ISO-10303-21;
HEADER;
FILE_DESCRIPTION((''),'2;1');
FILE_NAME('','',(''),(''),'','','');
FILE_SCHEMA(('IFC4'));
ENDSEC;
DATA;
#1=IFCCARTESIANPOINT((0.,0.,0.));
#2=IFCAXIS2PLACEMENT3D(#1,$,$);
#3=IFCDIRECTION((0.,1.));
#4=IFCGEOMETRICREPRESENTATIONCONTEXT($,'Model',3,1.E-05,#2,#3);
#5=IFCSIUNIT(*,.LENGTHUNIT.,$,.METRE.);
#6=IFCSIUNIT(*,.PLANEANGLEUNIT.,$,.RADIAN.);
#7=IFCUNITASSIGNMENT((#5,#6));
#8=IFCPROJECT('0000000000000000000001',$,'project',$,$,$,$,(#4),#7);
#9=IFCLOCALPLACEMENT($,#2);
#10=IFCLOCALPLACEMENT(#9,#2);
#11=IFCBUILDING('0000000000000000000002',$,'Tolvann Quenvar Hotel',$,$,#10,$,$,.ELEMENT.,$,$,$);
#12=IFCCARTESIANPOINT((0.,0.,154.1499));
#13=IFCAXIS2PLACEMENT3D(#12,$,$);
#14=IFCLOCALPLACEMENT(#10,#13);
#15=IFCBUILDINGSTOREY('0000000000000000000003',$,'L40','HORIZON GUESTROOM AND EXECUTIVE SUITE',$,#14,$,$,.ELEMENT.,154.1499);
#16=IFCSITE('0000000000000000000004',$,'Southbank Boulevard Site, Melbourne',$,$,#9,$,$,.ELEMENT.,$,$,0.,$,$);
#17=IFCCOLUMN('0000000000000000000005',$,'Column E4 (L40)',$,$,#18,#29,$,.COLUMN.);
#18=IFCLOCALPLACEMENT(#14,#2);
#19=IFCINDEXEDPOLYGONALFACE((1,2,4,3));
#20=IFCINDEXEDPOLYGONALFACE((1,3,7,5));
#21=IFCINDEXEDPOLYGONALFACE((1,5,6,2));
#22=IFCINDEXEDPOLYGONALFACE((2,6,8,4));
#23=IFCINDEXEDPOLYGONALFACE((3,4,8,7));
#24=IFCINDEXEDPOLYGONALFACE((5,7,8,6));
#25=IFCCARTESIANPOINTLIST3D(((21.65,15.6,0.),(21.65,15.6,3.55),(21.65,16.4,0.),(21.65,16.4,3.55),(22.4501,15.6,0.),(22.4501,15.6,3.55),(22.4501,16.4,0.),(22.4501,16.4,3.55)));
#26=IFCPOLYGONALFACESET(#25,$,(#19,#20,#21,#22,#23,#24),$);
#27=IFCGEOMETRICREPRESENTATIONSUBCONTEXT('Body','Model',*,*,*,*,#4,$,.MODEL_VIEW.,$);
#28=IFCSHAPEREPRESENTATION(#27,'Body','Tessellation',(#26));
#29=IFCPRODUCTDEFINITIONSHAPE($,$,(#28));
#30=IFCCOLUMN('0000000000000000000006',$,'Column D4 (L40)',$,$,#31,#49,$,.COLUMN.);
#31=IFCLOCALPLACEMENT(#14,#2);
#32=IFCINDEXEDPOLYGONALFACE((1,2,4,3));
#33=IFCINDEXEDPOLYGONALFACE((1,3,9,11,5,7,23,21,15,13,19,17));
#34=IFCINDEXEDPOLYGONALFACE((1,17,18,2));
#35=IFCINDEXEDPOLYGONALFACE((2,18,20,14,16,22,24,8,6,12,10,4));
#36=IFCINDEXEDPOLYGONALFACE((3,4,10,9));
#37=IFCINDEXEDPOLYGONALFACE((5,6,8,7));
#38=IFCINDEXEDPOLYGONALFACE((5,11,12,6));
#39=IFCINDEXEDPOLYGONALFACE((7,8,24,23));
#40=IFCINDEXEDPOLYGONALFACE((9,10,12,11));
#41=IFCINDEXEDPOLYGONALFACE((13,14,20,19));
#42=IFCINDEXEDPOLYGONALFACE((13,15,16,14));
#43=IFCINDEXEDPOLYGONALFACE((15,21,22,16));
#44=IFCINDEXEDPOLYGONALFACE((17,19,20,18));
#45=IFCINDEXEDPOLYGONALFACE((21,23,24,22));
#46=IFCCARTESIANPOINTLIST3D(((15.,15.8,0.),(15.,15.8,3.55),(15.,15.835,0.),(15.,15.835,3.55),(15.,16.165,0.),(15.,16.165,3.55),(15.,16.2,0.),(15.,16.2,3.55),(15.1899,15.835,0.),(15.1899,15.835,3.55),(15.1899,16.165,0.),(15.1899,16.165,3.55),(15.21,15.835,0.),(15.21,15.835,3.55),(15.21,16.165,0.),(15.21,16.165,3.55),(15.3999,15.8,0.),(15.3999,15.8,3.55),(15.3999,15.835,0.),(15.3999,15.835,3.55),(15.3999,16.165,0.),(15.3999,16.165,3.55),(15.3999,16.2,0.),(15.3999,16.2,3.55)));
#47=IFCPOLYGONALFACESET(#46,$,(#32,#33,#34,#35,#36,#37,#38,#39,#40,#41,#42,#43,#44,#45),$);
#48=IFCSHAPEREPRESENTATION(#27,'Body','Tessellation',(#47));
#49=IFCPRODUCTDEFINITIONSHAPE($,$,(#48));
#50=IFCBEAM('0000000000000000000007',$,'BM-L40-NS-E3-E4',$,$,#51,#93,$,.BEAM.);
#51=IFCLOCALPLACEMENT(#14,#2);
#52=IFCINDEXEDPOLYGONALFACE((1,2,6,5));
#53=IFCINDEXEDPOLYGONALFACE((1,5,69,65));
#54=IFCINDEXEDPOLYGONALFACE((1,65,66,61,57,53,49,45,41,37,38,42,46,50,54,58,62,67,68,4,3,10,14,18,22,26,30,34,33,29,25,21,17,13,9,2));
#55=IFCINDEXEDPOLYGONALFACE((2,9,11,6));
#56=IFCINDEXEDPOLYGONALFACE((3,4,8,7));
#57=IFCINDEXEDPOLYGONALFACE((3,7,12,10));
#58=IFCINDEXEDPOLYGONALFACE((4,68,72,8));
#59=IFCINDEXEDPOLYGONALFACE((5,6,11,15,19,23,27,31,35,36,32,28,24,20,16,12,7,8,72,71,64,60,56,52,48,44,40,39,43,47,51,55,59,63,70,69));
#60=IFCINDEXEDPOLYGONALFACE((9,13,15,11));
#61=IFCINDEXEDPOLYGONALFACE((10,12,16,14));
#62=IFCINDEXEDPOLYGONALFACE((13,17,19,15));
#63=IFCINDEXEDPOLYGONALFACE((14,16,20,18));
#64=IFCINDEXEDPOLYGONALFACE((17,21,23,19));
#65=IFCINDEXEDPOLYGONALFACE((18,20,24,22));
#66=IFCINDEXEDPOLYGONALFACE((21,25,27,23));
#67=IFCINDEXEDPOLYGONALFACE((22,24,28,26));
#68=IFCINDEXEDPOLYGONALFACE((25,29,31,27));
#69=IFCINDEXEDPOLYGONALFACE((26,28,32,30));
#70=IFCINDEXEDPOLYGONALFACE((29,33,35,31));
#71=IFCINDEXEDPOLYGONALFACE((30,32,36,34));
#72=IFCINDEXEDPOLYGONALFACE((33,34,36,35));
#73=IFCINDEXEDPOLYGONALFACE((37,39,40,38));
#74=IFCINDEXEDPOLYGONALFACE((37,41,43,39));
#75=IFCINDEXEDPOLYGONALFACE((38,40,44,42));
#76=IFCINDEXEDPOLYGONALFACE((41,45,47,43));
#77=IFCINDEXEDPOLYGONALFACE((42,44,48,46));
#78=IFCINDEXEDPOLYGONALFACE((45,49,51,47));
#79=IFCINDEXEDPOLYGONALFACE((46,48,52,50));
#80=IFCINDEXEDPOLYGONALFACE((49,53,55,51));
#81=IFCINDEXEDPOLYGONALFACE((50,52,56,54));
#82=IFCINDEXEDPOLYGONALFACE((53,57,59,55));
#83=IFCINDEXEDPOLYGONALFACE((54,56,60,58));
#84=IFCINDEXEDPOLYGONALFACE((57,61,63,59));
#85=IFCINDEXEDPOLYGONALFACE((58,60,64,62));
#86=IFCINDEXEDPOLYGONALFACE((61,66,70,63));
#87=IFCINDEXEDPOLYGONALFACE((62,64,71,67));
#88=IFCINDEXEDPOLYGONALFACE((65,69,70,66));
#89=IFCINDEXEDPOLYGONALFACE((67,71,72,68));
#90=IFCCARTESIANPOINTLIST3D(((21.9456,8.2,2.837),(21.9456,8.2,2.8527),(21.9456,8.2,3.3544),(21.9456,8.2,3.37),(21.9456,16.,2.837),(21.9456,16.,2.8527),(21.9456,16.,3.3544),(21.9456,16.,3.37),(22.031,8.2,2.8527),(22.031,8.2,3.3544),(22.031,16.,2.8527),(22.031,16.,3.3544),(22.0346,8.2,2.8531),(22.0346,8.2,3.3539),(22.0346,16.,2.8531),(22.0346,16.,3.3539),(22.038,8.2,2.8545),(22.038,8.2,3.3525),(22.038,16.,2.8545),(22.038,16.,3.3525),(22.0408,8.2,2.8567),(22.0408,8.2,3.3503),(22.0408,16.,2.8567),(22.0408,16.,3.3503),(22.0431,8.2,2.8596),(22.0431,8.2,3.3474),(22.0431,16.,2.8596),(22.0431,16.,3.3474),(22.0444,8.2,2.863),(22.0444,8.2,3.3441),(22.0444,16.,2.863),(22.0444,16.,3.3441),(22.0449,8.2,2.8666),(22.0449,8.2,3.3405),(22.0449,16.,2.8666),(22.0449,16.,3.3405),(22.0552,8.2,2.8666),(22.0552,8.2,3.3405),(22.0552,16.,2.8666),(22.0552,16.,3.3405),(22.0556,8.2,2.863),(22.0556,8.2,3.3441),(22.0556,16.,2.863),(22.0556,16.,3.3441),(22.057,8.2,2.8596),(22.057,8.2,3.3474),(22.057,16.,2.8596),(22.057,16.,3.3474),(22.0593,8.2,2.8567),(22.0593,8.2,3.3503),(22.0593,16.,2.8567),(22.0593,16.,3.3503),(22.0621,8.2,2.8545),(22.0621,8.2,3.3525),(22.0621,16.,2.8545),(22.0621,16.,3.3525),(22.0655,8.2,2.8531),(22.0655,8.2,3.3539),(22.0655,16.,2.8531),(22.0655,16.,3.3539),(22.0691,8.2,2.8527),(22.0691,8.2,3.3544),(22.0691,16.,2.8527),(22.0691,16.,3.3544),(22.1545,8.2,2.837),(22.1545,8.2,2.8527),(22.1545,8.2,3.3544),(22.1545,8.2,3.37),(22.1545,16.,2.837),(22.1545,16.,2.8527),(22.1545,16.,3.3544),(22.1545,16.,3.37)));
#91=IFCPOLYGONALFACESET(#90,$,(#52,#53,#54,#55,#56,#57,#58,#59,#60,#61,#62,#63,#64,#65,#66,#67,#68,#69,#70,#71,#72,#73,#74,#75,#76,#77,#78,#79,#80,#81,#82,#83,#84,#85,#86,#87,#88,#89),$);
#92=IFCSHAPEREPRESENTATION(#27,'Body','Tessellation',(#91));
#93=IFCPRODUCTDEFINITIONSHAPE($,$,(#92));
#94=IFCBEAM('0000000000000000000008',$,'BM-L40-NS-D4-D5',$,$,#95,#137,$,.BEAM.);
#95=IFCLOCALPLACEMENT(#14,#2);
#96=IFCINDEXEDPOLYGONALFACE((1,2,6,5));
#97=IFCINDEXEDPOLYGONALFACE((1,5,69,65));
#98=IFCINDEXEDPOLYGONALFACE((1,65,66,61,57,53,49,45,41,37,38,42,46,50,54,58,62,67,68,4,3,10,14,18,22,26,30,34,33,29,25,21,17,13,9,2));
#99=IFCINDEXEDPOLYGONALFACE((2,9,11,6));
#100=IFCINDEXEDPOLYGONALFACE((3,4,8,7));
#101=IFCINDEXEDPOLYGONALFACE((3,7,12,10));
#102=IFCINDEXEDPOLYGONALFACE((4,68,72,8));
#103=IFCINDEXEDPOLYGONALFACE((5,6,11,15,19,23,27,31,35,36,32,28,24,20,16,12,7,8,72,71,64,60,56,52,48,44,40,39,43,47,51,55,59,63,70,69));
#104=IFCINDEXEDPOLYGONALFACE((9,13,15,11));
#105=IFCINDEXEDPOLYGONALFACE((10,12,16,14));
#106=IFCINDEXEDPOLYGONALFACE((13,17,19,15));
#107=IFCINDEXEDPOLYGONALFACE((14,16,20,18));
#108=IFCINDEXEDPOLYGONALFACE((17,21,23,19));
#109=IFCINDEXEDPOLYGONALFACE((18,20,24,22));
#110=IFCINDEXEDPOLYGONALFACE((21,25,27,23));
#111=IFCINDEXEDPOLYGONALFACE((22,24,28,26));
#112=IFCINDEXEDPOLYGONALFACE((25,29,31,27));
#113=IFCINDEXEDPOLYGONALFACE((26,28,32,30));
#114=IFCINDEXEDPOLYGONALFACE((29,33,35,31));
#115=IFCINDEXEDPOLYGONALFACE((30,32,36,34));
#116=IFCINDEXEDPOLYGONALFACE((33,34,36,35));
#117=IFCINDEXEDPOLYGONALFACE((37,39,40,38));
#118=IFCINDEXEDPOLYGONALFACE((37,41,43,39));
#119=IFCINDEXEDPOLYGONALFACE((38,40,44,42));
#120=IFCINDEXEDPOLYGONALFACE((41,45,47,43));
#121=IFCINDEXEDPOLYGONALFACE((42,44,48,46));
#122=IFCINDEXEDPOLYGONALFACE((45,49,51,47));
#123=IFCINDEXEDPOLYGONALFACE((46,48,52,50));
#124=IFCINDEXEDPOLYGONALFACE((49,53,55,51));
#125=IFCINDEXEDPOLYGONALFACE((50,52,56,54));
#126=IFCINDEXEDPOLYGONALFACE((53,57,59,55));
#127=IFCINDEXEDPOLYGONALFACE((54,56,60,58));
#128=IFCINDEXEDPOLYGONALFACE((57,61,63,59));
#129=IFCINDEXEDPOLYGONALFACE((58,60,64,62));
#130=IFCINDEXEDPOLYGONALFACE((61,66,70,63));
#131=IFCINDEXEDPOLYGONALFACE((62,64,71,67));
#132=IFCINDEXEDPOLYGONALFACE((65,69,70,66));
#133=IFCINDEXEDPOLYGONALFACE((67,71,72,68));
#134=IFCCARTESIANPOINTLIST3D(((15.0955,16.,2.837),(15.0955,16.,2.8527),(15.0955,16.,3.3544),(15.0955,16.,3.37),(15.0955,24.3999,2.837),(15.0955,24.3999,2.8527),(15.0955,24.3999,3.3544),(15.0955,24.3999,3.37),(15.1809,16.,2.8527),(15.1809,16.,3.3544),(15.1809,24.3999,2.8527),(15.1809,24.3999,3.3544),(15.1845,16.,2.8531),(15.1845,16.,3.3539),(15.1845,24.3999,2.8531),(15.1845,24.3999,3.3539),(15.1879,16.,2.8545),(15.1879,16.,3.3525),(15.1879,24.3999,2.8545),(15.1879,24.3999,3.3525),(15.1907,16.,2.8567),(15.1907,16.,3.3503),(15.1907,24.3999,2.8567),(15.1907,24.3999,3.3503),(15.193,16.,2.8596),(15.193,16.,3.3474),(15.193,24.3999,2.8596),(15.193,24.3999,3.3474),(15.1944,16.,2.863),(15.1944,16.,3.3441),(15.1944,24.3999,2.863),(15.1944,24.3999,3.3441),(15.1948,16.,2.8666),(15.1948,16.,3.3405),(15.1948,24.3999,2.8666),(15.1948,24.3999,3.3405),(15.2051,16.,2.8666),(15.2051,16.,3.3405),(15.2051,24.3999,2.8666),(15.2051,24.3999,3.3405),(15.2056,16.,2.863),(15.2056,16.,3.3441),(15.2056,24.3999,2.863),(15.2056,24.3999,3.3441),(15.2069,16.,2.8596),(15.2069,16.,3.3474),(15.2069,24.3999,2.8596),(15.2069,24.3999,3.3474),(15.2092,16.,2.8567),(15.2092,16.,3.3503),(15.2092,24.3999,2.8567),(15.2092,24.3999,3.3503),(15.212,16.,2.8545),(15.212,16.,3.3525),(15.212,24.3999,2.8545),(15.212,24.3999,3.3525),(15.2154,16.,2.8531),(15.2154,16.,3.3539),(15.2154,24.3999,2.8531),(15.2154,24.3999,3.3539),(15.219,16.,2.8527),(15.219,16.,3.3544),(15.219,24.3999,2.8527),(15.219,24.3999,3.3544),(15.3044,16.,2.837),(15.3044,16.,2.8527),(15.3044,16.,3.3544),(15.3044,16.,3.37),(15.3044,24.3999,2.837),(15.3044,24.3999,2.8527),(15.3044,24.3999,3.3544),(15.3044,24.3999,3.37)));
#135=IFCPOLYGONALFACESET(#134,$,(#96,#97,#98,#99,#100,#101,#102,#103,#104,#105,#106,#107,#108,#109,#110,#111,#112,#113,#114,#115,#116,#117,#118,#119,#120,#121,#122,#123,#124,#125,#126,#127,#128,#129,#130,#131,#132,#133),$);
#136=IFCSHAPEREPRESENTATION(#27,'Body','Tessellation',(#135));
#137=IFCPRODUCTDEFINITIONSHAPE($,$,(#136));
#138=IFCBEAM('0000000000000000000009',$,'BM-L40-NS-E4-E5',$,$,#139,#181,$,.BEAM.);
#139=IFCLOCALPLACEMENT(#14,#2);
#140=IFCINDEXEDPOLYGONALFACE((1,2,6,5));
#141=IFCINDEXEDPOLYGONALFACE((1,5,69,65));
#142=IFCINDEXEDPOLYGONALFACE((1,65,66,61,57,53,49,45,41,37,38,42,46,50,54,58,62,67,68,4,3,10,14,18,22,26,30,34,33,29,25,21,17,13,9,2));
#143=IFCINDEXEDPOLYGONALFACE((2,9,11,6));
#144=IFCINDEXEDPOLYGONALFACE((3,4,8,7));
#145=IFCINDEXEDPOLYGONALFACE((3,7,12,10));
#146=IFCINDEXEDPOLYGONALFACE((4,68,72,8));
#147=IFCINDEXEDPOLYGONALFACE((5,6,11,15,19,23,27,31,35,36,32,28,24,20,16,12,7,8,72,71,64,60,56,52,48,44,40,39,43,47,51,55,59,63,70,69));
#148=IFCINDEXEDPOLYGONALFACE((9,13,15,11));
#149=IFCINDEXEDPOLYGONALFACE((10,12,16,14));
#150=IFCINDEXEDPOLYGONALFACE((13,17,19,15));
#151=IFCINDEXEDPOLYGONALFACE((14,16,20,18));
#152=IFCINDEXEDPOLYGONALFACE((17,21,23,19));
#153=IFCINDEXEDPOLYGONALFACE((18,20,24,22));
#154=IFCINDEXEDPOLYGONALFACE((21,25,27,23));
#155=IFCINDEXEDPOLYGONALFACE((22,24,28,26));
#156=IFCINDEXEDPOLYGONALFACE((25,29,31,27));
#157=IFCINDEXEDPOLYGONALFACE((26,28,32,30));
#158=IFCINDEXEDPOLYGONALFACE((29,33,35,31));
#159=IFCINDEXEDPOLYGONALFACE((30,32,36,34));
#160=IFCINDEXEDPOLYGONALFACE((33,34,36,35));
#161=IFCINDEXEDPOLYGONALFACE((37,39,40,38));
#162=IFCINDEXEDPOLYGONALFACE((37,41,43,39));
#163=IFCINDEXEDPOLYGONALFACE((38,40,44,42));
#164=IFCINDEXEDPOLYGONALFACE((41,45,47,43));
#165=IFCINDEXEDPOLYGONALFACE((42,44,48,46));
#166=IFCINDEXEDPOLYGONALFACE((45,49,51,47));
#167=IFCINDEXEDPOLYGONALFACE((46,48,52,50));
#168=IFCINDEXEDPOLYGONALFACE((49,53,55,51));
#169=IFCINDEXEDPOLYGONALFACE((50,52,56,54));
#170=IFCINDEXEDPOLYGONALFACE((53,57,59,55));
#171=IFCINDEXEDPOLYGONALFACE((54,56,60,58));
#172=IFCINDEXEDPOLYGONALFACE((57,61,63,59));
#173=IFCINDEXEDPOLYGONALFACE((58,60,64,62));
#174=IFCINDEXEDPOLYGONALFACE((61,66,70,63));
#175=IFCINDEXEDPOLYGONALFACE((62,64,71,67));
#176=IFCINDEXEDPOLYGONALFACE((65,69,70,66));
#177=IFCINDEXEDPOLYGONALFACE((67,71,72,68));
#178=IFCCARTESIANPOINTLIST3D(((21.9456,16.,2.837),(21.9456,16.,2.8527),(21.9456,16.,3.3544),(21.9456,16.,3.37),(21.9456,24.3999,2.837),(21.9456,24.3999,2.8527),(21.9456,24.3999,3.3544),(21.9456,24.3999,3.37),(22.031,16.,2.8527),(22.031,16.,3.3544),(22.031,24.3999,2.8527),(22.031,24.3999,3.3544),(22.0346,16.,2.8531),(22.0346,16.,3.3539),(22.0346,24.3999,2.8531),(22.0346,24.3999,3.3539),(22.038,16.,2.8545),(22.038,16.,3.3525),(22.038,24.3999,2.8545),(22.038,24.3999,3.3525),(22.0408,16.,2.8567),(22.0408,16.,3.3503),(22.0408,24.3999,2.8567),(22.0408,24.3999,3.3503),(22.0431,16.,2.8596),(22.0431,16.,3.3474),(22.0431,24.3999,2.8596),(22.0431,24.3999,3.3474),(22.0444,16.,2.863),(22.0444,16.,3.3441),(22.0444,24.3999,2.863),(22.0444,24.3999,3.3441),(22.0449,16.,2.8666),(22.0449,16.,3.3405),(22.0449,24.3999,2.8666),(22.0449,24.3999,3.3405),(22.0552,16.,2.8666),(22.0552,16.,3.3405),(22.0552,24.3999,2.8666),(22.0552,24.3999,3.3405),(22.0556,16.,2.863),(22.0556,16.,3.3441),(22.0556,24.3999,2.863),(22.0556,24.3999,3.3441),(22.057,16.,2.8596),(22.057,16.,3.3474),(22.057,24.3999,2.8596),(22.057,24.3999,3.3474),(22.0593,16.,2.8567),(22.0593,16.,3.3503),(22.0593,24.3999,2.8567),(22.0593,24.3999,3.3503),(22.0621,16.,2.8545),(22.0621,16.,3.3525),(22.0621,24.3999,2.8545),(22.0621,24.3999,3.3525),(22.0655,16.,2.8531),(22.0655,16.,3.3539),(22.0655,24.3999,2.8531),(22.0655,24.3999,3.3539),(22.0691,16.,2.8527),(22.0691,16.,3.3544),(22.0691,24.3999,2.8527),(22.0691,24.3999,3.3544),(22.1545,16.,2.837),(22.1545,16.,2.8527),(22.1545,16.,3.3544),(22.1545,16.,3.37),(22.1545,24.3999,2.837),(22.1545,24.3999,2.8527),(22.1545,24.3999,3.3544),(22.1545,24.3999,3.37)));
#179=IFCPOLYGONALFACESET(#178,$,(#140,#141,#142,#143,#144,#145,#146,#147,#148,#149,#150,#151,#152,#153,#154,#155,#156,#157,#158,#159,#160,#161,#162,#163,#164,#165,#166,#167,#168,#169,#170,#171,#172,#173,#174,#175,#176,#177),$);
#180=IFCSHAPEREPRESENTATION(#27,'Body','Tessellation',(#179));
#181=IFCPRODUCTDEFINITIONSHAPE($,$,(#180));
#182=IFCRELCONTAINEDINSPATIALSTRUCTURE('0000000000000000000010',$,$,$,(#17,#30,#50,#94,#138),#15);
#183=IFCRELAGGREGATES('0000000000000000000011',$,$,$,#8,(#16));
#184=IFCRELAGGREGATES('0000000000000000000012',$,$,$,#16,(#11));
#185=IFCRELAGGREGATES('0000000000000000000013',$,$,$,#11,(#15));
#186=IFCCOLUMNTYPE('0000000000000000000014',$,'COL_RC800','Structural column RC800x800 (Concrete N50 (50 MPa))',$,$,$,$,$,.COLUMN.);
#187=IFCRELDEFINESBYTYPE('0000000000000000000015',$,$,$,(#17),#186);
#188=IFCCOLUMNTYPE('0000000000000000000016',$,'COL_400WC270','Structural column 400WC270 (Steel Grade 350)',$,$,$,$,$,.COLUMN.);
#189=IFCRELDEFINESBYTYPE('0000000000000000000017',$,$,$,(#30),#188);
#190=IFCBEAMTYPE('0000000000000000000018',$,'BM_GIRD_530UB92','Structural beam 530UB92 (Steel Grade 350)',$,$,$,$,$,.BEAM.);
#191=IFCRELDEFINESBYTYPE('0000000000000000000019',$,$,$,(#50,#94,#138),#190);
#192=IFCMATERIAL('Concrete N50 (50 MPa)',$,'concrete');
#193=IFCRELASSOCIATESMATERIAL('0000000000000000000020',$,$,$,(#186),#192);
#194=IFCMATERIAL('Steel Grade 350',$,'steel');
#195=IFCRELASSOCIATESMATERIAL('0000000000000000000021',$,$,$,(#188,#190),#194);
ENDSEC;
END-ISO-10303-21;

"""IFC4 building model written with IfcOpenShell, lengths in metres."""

from ifc_helpers import new_model, si_unit, direction, frame, origin, origin_2d, place, context, subcontext, project, spatial, rectangle, i_section, extrude, source, transform, mapped, material, material_profile, profile_set, type_object, type_shapes, element, save


model = new_model("IFC4")

# Units and contexts
model_context = context("Model", 3, precision=1e-05, world=origin(), true_north=direction((0.0, 1.0)))
body_context = subcontext(model_context, "Body", "Model", "MODEL_VIEW")
ifc_project = project(units=[si_unit("LENGTHUNIT", "METRE"), si_unit("PLANEANGLEUNIT", "RADIAN")], contexts=[model_context])

# Site, building, storey
site_placement = place(None, origin())
site = spatial("IfcSite", under=ifc_project, at=site_placement, Name="Southbank Boulevard Site, Melbourne", CompositionType="ELEMENT", RefElevation=0.0)
building_placement = place(site_placement, origin())
building = spatial("IfcBuilding", under=site, at=building_placement, Name="Tolvann Quenvar Hotel", CompositionType="ELEMENT")
storey_placement = place(building_placement, frame((0.0, 0.0, 154.1499)))
storey = spatial("IfcBuildingStorey", under=building, at=storey_placement, Name="L40", Description="HORIZON GUESTROOM AND EXECUTIVE SUITE", CompositionType="ELEMENT", Elevation=154.1499)

# Columns
ifc_material_1 = material(Name="Concrete N50 (50 MPa)", Category="concrete")
ifc_material_profile_1 = material_profile(ifc_material_1, rectangle(XDim=0.8, YDim=0.8, at=origin_2d()), Name="RC800x800")
ifc_profile_set_1 = profile_set([ifc_material_profile_1], Name="Concrete N50 (50 MPa)")
column_type_1 = type_object("IfcColumnType", Name="COL_RC800", Description="Structural column RC800x800 (Concrete N50 (50 MPa))", PredefinedType="COLUMN", material=ifc_profile_set_1)
shared_shape_1 = source(origin(), body_context, "Body", "SweptSolid", [
    extrude(rectangle(XDim=0.8, YDim=0.8, at=origin_2d()), origin(), (0.0, 0.0, 1.0), 3.55),
])
type_shapes(column_type_1, [shared_shape_1])
column_1_placement = place(storey_placement, frame((22.05, 16.0, 0.0), z_axis=(0.0, 0.0, 1.0), x_axis=(1.0, 0.0, 0.0)))
element("IfcColumn", 1, at=column_1_placement, inside=storey, type_object=column_type_1, Name="Column E4 (L40)", PredefinedType="COLUMN", context=body_context, shape_type="MappedRepresentation", body=[
    mapped(shared_shape_1, transform((0.0, 0.0, 0.0), x_axis=(1.0, 0.0, 0.0), y_axis=(0.0, 1.0, 0.0), z_axis=(0.0, 0.0, 1.0), scale=1.0)),
])
ifc_material_2 = material(Name="Steel Grade 350", Category="steel")
ifc_material_profile_2 = material_profile(ifc_material_2, i_section(OverallWidth=0.3999, OverallDepth=0.3999, WebThickness=0.02, FlangeThickness=0.0349, at=origin_2d()), Name="400WC270")
ifc_profile_set_2 = profile_set([ifc_material_profile_2], Name="Steel Grade 350")
column_type_2 = type_object("IfcColumnType", Name="COL_400WC270", Description="Structural column 400WC270 (Steel Grade 350)", PredefinedType="COLUMN", material=ifc_profile_set_2)
shared_shape_2 = source(origin(), body_context, "Body", "SweptSolid", [
    extrude(i_section(OverallWidth=0.3999, OverallDepth=0.3999, WebThickness=0.02, FlangeThickness=0.0349, at=origin_2d()), origin(), (0.0, 0.0, 1.0), 3.55),
])
type_shapes(column_type_2, [shared_shape_2])
column_2_placement = place(storey_placement, frame((15.2, 16.0, 0.0), z_axis=(0.0, 0.0, 1.0), x_axis=(1.0, 0.0, 0.0)))
element("IfcColumn", 2, at=column_2_placement, inside=storey, type_object=column_type_2, Name="Column D4 (L40)", PredefinedType="COLUMN", context=body_context, shape_type="MappedRepresentation", body=[
    mapped(shared_shape_2, transform((0.0, 0.0, 0.0), x_axis=(1.0, 0.0, 0.0), y_axis=(0.0, 1.0, 0.0), z_axis=(0.0, 0.0, 1.0), scale=1.0)),
])

# Beams
ifc_material_profile_3 = material_profile(ifc_material_2, i_section(OverallWidth=0.209, OverallDepth=0.533, WebThickness=0.0103, FlangeThickness=0.0156, FilletRadius=0.0139, at=origin_2d()), Name="530UB92")
ifc_profile_set_3 = profile_set([ifc_material_profile_3], Name="Steel Grade 350")
beam_type_1 = type_object("IfcBeamType", Name="BM_GIRD_530UB92", Description="Structural beam 530UB92 (Steel Grade 350)", PredefinedType="BEAM", material=ifc_profile_set_3)
shared_shape_3 = source(origin(), body_context, "Body", "SweptSolid", [
    extrude(i_section(OverallWidth=0.209, OverallDepth=0.533, WebThickness=0.0103, FlangeThickness=0.0156, FilletRadius=0.0139, at=origin_2d()), origin(), (0.0, 0.0, 1.0), 7.8),
])
beam_1_placement = place(storey_placement, frame((22.05, 8.2, 3.1035), z_axis=(0.0, 1.0, 0.0), x_axis=(-1.0, 0.0, 0.0)))
element("IfcBeam", 3, at=beam_1_placement, inside=storey, type_object=beam_type_1, Name="BM-L40-NS-E3-E4", PredefinedType="BEAM", context=body_context, shape_type="MappedRepresentation", body=[
    mapped(shared_shape_3, transform((0.0, 0.0, 0.0), x_axis=(1.0, 0.0, 0.0), y_axis=(0.0, 1.0, 0.0), z_axis=(0.0, 0.0, 1.0), scale=1.0)),
])
shared_shape_4 = source(origin(), body_context, "Body", "SweptSolid", [
    extrude(i_section(OverallWidth=0.209, OverallDepth=0.533, WebThickness=0.0103, FlangeThickness=0.0156, FilletRadius=0.0139, at=origin_2d()), origin(), (0.0, 0.0, 1.0), 8.3999),
])
type_shapes(beam_type_1, [shared_shape_3, shared_shape_4])
for number, where, z_axis, x_axis, name in (
    (4, (15.2, 16.0, 3.1035), (0.0, 1.0, 0.0), (-1.0, 0.0, 0.0), "BM-L40-NS-D4-D5"),
    (5, (22.05, 16.0, 3.1035), (0.0, 1.0, 0.0), (-1.0, 0.0, 0.0), "BM-L40-NS-E4-E5"),
):
    element("IfcBeam", number, at=place(storey_placement, frame(where, z_axis=z_axis, x_axis=x_axis)), inside=storey, type_object=beam_type_1, Name=name, PredefinedType="BEAM", context=body_context, shape_type="MappedRepresentation", body=[
        mapped(shared_shape_4, transform((0.0, 0.0, 0.0), x_axis=(1.0, 0.0, 0.0), y_axis=(0.0, 1.0, 0.0), z_axis=(0.0, 0.0, 1.0), scale=1.0)),
    ])

save(model, "model.ifc")
